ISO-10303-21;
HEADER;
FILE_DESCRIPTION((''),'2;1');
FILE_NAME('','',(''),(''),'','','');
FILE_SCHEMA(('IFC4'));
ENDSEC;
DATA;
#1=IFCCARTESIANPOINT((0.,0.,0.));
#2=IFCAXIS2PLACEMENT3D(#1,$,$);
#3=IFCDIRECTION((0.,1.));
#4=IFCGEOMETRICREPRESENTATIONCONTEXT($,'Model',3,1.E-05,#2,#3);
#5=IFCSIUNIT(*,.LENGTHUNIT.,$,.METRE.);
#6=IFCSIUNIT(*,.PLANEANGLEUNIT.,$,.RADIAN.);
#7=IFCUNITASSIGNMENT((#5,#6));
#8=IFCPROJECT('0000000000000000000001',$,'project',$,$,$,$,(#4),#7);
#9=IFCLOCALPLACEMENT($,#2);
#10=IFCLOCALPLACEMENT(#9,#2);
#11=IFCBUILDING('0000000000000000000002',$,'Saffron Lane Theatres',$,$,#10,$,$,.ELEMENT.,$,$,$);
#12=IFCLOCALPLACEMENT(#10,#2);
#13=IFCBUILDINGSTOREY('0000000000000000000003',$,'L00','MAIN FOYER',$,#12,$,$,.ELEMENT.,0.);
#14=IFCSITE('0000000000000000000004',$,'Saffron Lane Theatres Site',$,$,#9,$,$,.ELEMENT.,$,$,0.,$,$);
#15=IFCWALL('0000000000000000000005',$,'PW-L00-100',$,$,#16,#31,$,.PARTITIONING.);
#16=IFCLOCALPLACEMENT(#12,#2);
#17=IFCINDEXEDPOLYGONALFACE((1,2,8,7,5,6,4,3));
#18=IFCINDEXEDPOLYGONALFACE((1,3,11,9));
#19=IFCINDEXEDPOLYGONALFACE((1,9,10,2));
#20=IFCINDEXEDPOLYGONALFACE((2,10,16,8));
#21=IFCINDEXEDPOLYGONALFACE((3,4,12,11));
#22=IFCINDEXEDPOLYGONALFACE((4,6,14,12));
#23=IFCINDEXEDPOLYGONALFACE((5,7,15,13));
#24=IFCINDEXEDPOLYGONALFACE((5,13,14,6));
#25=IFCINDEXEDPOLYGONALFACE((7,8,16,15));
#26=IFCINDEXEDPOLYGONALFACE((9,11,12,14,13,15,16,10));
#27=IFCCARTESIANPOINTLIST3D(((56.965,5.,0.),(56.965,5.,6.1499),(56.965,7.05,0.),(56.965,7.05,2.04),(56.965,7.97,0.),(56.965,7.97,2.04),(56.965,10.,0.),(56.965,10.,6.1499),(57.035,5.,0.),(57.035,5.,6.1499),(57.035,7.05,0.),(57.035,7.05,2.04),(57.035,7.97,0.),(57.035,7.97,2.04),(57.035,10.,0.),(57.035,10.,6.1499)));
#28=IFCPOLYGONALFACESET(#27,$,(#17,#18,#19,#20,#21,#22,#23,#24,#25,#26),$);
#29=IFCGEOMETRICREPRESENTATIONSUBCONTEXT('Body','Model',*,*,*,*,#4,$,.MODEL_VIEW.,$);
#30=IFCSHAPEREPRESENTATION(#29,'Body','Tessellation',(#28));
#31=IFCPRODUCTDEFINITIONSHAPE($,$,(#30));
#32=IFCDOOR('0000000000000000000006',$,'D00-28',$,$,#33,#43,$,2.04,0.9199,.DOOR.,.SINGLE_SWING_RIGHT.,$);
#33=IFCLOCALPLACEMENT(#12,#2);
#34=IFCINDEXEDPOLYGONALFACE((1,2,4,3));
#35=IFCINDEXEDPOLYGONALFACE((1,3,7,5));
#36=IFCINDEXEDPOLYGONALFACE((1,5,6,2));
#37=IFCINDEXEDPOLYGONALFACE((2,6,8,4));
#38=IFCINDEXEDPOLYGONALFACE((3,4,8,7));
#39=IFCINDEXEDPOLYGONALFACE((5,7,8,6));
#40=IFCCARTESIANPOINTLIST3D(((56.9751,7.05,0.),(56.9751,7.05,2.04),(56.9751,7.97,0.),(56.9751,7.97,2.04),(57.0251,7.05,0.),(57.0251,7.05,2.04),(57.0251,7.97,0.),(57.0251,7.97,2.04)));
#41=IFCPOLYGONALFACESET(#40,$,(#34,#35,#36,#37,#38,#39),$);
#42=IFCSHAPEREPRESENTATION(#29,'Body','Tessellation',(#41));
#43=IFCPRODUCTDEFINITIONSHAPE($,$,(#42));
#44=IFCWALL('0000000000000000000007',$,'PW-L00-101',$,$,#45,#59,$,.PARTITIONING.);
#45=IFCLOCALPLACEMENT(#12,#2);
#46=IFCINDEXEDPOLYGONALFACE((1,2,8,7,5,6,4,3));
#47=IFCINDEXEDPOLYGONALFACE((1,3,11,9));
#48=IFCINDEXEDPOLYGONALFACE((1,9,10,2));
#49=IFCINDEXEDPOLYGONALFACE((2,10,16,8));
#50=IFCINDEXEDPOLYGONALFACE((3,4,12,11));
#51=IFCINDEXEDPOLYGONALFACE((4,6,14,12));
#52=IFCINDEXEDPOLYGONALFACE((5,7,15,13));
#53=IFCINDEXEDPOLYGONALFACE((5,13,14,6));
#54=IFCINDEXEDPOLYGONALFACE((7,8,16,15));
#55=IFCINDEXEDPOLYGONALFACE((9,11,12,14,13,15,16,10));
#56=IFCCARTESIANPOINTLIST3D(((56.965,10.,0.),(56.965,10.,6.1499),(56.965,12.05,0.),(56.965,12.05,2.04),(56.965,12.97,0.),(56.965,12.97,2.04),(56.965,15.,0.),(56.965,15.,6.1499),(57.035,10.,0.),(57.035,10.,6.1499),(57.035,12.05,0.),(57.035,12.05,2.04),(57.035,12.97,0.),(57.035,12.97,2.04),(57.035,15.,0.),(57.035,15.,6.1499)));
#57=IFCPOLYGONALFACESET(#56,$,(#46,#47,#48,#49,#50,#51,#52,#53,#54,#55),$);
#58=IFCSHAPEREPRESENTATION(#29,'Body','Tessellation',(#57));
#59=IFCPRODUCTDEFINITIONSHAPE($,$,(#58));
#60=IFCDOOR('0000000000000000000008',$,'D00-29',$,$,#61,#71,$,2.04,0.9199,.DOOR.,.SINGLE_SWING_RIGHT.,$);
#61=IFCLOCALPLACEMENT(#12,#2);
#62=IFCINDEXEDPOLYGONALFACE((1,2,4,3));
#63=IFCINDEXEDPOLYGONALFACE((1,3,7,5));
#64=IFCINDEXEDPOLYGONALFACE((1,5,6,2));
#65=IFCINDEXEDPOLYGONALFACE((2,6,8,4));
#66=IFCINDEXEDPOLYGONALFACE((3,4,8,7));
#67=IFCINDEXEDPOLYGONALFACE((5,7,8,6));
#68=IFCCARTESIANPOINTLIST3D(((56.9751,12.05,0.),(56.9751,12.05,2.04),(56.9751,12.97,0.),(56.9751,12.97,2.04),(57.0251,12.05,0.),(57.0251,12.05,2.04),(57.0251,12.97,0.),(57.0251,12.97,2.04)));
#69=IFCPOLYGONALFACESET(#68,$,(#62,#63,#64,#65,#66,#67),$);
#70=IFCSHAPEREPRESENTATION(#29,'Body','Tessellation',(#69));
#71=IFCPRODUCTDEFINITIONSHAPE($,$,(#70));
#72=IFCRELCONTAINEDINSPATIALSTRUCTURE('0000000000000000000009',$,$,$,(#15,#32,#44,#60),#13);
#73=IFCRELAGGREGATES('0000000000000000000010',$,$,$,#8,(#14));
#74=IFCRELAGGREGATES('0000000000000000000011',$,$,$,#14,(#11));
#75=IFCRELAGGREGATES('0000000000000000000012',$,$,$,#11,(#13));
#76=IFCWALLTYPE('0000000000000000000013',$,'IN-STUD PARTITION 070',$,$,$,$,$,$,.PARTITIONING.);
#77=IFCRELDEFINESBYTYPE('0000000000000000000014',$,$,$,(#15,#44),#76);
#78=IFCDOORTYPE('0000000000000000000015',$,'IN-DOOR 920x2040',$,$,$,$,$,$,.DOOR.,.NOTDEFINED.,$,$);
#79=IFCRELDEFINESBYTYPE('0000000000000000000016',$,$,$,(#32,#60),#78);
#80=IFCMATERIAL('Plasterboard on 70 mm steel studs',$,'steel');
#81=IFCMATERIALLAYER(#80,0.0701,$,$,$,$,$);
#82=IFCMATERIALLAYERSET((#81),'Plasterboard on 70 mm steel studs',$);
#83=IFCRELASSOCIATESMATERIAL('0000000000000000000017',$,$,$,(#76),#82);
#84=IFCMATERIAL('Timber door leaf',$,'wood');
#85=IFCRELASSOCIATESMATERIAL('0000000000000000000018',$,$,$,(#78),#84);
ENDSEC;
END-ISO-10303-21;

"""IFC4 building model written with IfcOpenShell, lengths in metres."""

from ifc_helpers import new_model, si_unit, direction, frame, frame_2d, origin, place, context, subcontext, project, spatial, rectangle, extrude, material, layer, layer_set, type_object, element, fill, save


model = new_model("IFC4")

# Units and contexts
model_context = context("Model", 3, precision=1e-05, world=origin(), true_north=direction((0.0, 1.0)))
body_context = subcontext(model_context, "Body", "Model", "MODEL_VIEW")
ifc_project = project(units=[si_unit("LENGTHUNIT", "METRE"), si_unit("PLANEANGLEUNIT", "RADIAN")], contexts=[model_context])

# Site, building, storey
site_placement = place(None, origin())
site = spatial("IfcSite", under=ifc_project, at=site_placement, Name="Saffron Lane Theatres Site", CompositionType="ELEMENT", RefElevation=0.0)
building_placement = place(site_placement, origin())
building = spatial("IfcBuilding", under=site, at=building_placement, Name="Saffron Lane Theatres", CompositionType="ELEMENT")
storey_placement = place(building_placement, origin())
storey = spatial("IfcBuildingStorey", under=building, at=storey_placement, Name="L00", Description="MAIN FOYER", CompositionType="ELEMENT", Elevation=0.0)

# Shared definitions
ifc_material_1 = material(Name="Plasterboard on 70 mm steel studs", Category="steel")
ifc_layer = layer(ifc_material_1, 0.0701)
ifc_layer_set = layer_set([ifc_layer], Name="Plasterboard on 70 mm steel studs")
wall_type = type_object("IfcWallType", Name="IN-STUD PARTITION 070", PredefinedType="PARTITIONING", material=ifc_layer_set)

# Walls, openings, doors
wall_1_placement = place(storey_placement, frame((57.0, 5.0, 0.0), z_axis=(0.0, 0.0, 1.0), x_axis=(0.0, 1.0, 0.0)))
wall_1 = element("IfcWall", 1, at=wall_1_placement, inside=storey, type_object=wall_type, Name="PW-L00-100", PredefinedType="PARTITIONING", context=body_context, shape_type="SweptSolid", body=[
    extrude(rectangle(XDim=5.0, YDim=0.0701, at=frame_2d((2.5, 0.0))), origin(), (0.0, 0.0, 1.0), 6.1499),
])
opening_1_placement = place(wall_1_placement, frame((2.05, 0.0, 0.0)))
opening_1 = element("IfcOpeningElement", 2, at=opening_1_placement, cuts=wall_1, PredefinedType="OPENING", context=body_context, shape_type="SweptSolid", body=[
    extrude(rectangle(XDim=0.9199, YDim=2.04, at=frame_2d((0.46, 1.02))), frame((0.0, 0.0449, 0.0), z_axis=(0.0, -1.0, 0.0), x_axis=(1.0, 0.0, 0.0)), (0.0, 0.0, 1.0), 0.0901),
])
ifc_material_2 = material(Name="Timber door leaf", Category="wood")
door_type = type_object("IfcDoorType", Name="IN-DOOR 920x2040", OperationType="NOTDEFINED", PredefinedType="DOOR", material=ifc_material_2)
door_1_placement = place(opening_1_placement, origin())
door_1 = element("IfcDoor", 3, at=door_1_placement, inside=storey, type_object=door_type, Name="D00-28", OperationType="SINGLE_SWING_RIGHT", OverallHeight=2.04, OverallWidth=0.9199, PredefinedType="DOOR", context=body_context, shape_type="SweptSolid", body=[
    extrude(rectangle(XDim=0.9199, YDim=2.04, at=frame_2d((0.46, 1.02))), frame((0.0, 0.0249, 0.0), z_axis=(0.0, -1.0, 0.0), x_axis=(1.0, 0.0, 0.0)), (0.0, 0.0, 1.0), 0.05),
])
fill(opening_1, door_1)
wall_2_placement = place(storey_placement, frame((57.0, 10.0, 0.0), z_axis=(0.0, 0.0, 1.0), x_axis=(0.0, 1.0, 0.0)))
wall_2 = element("IfcWall", 4, at=wall_2_placement, inside=storey, type_object=wall_type, Name="PW-L00-101", PredefinedType="PARTITIONING", context=body_context, shape_type="SweptSolid", body=[
    extrude(rectangle(XDim=5.0, YDim=0.0701, at=frame_2d((2.5, 0.0))), origin(), (0.0, 0.0, 1.0), 6.1499),
])
opening_2_placement = place(wall_2_placement, frame((2.05, 0.0, 0.0)))
opening_2 = element("IfcOpeningElement", 5, at=opening_2_placement, cuts=wall_2, PredefinedType="OPENING", context=body_context, shape_type="SweptSolid", body=[
    extrude(rectangle(XDim=0.9199, YDim=2.04, at=frame_2d((0.46, 1.02))), frame((0.0, 0.0449, 0.0), z_axis=(0.0, -1.0, 0.0), x_axis=(1.0, 0.0, 0.0)), (0.0, 0.0, 1.0), 0.0901),
])
door_2_placement = place(opening_2_placement, origin())
door_2 = element("IfcDoor", 6, at=door_2_placement, inside=storey, type_object=door_type, Name="D00-29", OperationType="SINGLE_SWING_RIGHT", OverallHeight=2.04, OverallWidth=0.9199, PredefinedType="DOOR", context=body_context, shape_type="SweptSolid", body=[
    extrude(rectangle(XDim=0.9199, YDim=2.04, at=frame_2d((0.46, 1.02))), frame((0.0, 0.0249, 0.0), z_axis=(0.0, -1.0, 0.0), x_axis=(1.0, 0.0, 0.0)), (0.0, 0.0, 1.0), 0.05),
])
fill(opening_2, door_2)

save(model, "model.ifc")
